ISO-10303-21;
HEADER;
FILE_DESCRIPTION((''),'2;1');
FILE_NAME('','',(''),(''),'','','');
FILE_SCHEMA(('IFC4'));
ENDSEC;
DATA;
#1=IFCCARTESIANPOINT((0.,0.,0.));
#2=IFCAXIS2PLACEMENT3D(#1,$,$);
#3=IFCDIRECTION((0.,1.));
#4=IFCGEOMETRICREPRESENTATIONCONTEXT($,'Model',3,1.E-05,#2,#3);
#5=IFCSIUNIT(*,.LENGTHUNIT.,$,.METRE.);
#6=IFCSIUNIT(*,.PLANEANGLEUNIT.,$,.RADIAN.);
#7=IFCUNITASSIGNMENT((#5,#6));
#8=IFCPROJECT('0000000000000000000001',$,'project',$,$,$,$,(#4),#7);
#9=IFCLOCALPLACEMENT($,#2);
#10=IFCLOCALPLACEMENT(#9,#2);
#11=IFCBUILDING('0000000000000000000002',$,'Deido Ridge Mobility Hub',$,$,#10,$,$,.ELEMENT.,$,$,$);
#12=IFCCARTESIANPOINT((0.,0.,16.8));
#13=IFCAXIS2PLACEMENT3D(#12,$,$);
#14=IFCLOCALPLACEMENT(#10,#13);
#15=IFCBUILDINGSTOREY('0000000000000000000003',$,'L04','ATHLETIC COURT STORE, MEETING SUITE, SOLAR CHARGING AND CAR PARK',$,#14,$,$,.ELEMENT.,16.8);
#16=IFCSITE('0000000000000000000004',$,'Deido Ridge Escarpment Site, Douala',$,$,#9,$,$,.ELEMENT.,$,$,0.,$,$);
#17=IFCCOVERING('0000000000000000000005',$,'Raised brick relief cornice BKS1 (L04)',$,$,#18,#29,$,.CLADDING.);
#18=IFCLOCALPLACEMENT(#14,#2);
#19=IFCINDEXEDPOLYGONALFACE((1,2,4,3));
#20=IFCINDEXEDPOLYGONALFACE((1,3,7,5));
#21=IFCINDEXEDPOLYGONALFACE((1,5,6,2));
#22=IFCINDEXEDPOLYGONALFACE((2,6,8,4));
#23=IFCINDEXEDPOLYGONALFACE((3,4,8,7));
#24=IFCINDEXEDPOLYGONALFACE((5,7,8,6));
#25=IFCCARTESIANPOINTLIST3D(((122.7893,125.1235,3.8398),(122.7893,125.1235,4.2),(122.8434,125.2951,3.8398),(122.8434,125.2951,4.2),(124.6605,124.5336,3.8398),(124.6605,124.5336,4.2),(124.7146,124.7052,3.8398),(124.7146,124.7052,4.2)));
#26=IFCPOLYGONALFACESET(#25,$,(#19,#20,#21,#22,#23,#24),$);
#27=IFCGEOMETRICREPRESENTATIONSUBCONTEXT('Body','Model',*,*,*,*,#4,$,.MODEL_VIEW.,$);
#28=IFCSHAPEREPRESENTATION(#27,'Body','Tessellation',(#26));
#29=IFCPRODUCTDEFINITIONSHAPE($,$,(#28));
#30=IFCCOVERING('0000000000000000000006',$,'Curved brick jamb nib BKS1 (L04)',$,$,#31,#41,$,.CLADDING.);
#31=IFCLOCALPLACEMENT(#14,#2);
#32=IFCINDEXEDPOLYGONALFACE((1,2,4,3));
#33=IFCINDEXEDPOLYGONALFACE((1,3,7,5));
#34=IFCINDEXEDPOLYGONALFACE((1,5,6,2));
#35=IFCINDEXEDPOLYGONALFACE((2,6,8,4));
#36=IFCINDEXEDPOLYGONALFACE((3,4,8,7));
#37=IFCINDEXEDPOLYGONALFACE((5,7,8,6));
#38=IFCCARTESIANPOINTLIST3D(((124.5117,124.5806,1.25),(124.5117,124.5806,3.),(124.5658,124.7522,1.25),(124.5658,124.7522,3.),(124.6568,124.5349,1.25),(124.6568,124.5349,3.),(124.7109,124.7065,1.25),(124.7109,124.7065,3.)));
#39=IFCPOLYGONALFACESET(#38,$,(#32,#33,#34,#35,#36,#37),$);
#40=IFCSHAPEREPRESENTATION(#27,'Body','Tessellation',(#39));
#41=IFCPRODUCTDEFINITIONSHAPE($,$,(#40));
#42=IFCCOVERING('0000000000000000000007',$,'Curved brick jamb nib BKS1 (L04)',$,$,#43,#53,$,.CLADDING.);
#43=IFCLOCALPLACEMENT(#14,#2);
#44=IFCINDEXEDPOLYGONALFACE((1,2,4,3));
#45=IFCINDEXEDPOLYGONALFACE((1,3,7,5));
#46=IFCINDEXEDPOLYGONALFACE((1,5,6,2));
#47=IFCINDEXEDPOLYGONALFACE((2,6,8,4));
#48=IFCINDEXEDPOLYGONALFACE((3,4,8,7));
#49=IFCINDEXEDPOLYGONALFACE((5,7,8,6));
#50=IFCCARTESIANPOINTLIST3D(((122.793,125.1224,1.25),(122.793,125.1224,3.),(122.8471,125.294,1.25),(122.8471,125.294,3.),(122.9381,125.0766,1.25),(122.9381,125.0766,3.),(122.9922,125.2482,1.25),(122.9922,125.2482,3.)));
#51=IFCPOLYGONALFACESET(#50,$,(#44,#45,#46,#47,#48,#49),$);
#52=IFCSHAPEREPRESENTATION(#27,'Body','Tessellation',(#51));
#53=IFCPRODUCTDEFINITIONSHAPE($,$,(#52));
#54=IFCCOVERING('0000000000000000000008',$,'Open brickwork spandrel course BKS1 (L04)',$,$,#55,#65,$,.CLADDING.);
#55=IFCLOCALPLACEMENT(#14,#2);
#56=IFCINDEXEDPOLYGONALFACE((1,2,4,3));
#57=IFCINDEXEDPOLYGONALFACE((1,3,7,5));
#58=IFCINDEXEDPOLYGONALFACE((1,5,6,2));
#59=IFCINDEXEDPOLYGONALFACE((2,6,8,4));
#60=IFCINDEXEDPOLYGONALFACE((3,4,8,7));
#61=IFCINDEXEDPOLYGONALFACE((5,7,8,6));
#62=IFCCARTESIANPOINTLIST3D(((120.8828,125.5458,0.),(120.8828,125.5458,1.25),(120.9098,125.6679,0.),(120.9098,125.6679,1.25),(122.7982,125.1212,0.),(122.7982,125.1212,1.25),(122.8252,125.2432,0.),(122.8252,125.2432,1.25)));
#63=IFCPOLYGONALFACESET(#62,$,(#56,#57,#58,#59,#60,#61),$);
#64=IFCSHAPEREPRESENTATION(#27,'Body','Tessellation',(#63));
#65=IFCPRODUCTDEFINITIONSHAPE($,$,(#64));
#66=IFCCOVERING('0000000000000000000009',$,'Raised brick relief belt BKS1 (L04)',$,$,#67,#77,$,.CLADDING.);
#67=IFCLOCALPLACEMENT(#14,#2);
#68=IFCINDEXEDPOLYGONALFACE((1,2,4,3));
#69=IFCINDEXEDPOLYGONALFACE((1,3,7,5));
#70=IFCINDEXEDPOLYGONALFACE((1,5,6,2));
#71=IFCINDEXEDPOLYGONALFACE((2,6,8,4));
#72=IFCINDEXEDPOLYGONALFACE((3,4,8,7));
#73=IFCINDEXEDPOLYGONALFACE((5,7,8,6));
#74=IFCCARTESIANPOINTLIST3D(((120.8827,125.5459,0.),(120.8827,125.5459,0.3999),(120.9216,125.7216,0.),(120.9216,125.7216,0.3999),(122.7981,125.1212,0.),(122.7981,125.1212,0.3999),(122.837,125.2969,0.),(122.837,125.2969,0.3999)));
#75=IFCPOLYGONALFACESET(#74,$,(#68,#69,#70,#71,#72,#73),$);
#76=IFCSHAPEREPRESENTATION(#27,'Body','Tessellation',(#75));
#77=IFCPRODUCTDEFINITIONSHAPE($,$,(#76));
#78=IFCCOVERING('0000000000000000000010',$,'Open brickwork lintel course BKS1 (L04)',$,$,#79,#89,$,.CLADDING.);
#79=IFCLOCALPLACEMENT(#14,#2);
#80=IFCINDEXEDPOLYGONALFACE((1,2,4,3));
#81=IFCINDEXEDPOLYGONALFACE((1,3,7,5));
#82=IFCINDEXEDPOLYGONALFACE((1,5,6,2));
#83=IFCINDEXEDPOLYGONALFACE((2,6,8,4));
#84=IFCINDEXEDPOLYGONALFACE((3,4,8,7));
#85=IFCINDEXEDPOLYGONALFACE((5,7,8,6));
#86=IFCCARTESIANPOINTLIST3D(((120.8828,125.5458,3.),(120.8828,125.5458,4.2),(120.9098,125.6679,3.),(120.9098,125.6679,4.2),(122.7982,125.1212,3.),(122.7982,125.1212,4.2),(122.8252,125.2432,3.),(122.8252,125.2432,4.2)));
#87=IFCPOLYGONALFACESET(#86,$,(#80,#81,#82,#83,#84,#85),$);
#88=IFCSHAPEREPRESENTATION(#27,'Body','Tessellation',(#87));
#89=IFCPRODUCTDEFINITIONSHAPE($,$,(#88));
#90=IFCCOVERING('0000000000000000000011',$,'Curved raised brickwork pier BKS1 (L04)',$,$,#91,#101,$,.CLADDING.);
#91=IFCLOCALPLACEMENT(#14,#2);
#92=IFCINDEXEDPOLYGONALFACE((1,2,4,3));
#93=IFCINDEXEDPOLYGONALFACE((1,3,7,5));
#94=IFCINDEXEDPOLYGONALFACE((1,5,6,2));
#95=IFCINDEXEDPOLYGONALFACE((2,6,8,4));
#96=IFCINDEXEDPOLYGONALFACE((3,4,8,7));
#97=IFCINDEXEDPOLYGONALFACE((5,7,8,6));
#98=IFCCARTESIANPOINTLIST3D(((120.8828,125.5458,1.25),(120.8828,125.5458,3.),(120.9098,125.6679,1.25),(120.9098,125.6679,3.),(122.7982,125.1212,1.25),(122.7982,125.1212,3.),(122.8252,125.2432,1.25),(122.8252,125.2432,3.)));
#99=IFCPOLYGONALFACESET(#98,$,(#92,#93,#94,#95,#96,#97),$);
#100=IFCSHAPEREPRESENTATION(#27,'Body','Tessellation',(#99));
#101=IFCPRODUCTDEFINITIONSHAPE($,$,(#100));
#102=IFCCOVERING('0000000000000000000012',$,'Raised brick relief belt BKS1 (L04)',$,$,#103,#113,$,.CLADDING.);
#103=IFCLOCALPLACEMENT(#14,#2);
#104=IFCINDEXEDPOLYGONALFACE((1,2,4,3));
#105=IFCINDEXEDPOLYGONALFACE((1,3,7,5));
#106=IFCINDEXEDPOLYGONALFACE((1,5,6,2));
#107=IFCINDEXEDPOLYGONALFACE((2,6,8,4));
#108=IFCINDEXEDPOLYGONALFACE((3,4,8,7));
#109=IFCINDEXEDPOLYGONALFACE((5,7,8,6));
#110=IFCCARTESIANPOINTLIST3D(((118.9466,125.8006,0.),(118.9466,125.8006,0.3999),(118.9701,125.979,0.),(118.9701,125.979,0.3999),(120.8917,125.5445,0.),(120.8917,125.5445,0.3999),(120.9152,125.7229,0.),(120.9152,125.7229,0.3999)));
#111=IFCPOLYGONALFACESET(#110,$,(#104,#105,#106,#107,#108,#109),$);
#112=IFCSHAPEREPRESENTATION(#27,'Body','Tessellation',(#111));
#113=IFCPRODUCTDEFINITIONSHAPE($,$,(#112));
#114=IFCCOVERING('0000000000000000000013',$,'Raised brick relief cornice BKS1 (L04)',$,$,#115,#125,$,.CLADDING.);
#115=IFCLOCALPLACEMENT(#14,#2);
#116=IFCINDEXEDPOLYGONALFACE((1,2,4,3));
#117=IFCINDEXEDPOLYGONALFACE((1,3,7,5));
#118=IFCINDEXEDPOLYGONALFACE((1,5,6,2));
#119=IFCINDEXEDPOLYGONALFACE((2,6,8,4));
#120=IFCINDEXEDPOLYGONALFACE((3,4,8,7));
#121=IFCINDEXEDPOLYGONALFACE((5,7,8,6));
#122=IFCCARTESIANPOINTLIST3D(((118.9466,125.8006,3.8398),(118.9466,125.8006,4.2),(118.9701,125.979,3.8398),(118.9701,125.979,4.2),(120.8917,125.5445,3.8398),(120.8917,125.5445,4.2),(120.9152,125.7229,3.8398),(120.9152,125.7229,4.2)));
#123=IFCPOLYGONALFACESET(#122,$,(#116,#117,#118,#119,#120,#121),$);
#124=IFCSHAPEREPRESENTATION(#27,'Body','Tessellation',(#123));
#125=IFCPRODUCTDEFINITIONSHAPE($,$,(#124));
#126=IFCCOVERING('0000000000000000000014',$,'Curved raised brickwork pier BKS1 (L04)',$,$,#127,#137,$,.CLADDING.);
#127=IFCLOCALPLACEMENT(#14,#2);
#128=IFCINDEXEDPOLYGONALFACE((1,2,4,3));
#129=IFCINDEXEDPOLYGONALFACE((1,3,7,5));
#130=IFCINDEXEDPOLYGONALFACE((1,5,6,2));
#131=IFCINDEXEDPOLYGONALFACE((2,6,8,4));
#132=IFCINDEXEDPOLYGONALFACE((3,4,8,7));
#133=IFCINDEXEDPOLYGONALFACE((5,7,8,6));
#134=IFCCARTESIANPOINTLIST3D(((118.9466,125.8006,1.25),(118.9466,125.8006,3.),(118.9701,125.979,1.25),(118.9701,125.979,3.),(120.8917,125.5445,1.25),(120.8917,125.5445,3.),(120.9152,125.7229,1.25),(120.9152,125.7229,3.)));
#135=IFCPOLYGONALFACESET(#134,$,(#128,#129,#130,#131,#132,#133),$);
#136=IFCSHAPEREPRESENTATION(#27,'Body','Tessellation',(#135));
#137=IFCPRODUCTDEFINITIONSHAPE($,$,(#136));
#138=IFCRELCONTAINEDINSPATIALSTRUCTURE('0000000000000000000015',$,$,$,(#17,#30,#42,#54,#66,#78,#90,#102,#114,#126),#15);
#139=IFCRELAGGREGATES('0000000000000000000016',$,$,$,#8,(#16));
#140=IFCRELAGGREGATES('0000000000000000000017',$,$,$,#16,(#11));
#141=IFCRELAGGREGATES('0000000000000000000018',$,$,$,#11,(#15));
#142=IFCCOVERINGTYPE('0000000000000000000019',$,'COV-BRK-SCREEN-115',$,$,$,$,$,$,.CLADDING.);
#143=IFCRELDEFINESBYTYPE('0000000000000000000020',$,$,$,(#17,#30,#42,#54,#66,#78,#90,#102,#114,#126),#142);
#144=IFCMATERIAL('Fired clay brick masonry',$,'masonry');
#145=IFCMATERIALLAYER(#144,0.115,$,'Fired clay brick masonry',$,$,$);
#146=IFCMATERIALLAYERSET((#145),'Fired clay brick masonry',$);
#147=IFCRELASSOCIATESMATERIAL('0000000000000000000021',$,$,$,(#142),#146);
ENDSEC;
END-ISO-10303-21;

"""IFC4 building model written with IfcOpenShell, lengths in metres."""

from ifc_helpers import new_model, si_unit, direction, frame, origin, origin_2d, place, context, subcontext, project, spatial, rectangle, extrude, material, layer, layer_set, type_object, element, save


model = new_model("IFC4")

# Units and contexts
model_context = context("Model", 3, precision=1e-05, world=origin(), true_north=direction((0.0, 1.0)))
body_context = subcontext(model_context, "Body", "Model", "MODEL_VIEW")
ifc_project = project(units=[si_unit("LENGTHUNIT", "METRE"), si_unit("PLANEANGLEUNIT", "RADIAN")], contexts=[model_context])

# Site, building, storey
site_placement = place(None, origin())
site = spatial("IfcSite", under=ifc_project, at=site_placement, Name="Deido Ridge Escarpment Site, Douala", CompositionType="ELEMENT", RefElevation=0.0)
building_placement = place(site_placement, origin())
building = spatial("IfcBuilding", under=site, at=building_placement, Name="Deido Ridge Mobility Hub", CompositionType="ELEMENT")
storey_placement = place(building_placement, frame((0.0, 0.0, 16.8)))
storey = spatial("IfcBuildingStorey", under=building, at=storey_placement, Name="L04", Description="ATHLETIC COURT STORE, MEETING SUITE, SOLAR CHARGING AND CAR PARK", CompositionType="ELEMENT", Elevation=16.8)

# Coverings
ifc_material_1 = material(Name="Fired clay brick masonry", Category="masonry")
ifc_layer = layer(ifc_material_1, 0.115, Name="Fired clay brick masonry")
ifc_layer_set = layer_set([ifc_layer], Name="Fired clay brick masonry")
covering_type = type_object("IfcCoveringType", Name="COV-BRK-SCREEN-115", PredefinedType="CLADDING", material=ifc_layer_set)
covering_1_placement = place(storey_placement, frame((123.752, 124.9143, 3.8398), z_axis=(0.0, 0.0, 1.0), x_axis=(-0.953727, 0.300673, 0.0)))
element("IfcCovering", 1, at=covering_1_placement, inside=storey, type_object=covering_type, Name="Raised brick relief cornice BKS1 (L04)", PredefinedType="CLADDING", context=body_context, shape_type="SweptSolid", body=[
    extrude(rectangle(XDim=1.9619, YDim=0.1799, at=origin_2d()), origin(), (0.0, 0.0, 1.0), 0.3601),
])
for number, where, z_axis, x_axis, name in (
    (2, (124.6113, 124.6436, 1.25), (0.0, 0.0, 1.0), (-0.953727, 0.300673, 0.0), "Curved brick jamb nib BKS1 (L04)"),
    (3, (122.8926, 125.1853, 1.25), (0.0, 0.0, 1.0), (-0.953727, 0.300673, 0.0), "Curved brick jamb nib BKS1 (L04)"),
):
    element("IfcCovering", number, at=place(storey_placement, frame(where, z_axis=z_axis, x_axis=x_axis)), inside=storey, type_object=covering_type, Name=name, PredefinedType="CLADDING", context=body_context, shape_type="SweptSolid", body=[
        extrude(rectangle(XDim=0.1521, YDim=0.1799, at=origin_2d()), origin(), (0.0, 0.0, 1.0), 1.75),
    ])
covering_2_placement = place(storey_placement, frame((121.854, 125.3945, 0.0), z_axis=(0.0, 0.0, 1.0), x_axis=(-0.976292, 0.216457, 0.0)))
element("IfcCovering", 4, at=covering_2_placement, inside=storey, type_object=covering_type, Name="Open brickwork spandrel course BKS1 (L04)", PredefinedType="CLADDING", context=body_context, shape_type="SweptSolid", body=[
    extrude(rectangle(XDim=1.9619, YDim=0.125, at=origin_2d()), origin(), (0.0, 0.0, 1.0), 1.25),
])
covering_3_placement = place(storey_placement, frame((121.8599, 125.4214, 0.0), z_axis=(0.0, 0.0, 1.0), x_axis=(-0.976292, 0.216457, 0.0)))
element("IfcCovering", 5, at=covering_3_placement, inside=storey, type_object=covering_type, Name="Raised brick relief belt BKS1 (L04)", PredefinedType="CLADDING", context=body_context, shape_type="SweptSolid", body=[
    extrude(rectangle(XDim=1.9619, YDim=0.1799, at=origin_2d()), origin(), (0.0, 0.0, 1.0), 0.3999),
])
covering_4_placement = place(storey_placement, frame((121.854, 125.3945, 3.0), z_axis=(0.0, 0.0, 1.0), x_axis=(-0.976292, 0.216457, 0.0)))
element("IfcCovering", 6, at=covering_4_placement, inside=storey, type_object=covering_type, Name="Open brickwork lintel course BKS1 (L04)", PredefinedType="CLADDING", context=body_context, shape_type="SweptSolid", body=[
    extrude(rectangle(XDim=1.9619, YDim=0.125, at=origin_2d()), origin(), (0.0, 0.0, 1.0), 1.2),
])
covering_5_placement = place(storey_placement, frame((121.854, 125.3945, 1.25), z_axis=(0.0, 0.0, 1.0), x_axis=(-0.976292, 0.216457, 0.0)))
element("IfcCovering", 7, at=covering_5_placement, inside=storey, type_object=covering_type, Name="Curved raised brickwork pier BKS1 (L04)", PredefinedType="CLADDING", context=body_context, shape_type="SweptSolid", body=[
    extrude(rectangle(XDim=1.9619, YDim=0.125, at=origin_2d()), origin(), (0.0, 0.0, 1.0), 1.75),
])
covering_6_placement = place(storey_placement, frame((119.9309, 125.7617, 0.0), z_axis=(0.0, 0.0, 1.0), x_axis=(-0.991443, 0.130543, 0.0)))
element("IfcCovering", 8, at=covering_6_placement, inside=storey, type_object=covering_type, Name="Raised brick relief belt BKS1 (L04)", PredefinedType="CLADDING", context=body_context, shape_type="SweptSolid", body=[
    extrude(rectangle(XDim=1.9619, YDim=0.1799, at=origin_2d()), origin(), (0.0, 0.0, 1.0), 0.3999),
])
covering_7_placement = place(storey_placement, frame((119.9309, 125.7617, 3.8398), z_axis=(0.0, 0.0, 1.0), x_axis=(-0.991443, 0.130543, 0.0)))
element("IfcCovering", 9, at=covering_7_placement, inside=storey, type_object=covering_type, Name="Raised brick relief cornice BKS1 (L04)", PredefinedType="CLADDING", context=body_context, shape_type="SweptSolid", body=[
    extrude(rectangle(XDim=1.9619, YDim=0.1799, at=origin_2d()), origin(), (0.0, 0.0, 1.0), 0.3601),
])
covering_8_placement = place(storey_placement, frame((119.9309, 125.7617, 1.25), z_axis=(0.0, 0.0, 1.0), x_axis=(-0.991443, 0.130543, 0.0)))
element("IfcCovering", 10, at=covering_8_placement, inside=storey, type_object=covering_type, Name="Curved raised brickwork pier BKS1 (L04)", PredefinedType="CLADDING", context=body_context, shape_type="SweptSolid", body=[
    extrude(rectangle(XDim=1.9619, YDim=0.1799, at=origin_2d()), origin(), (0.0, 0.0, 1.0), 1.75),
])

save(model, "model.ifc")
